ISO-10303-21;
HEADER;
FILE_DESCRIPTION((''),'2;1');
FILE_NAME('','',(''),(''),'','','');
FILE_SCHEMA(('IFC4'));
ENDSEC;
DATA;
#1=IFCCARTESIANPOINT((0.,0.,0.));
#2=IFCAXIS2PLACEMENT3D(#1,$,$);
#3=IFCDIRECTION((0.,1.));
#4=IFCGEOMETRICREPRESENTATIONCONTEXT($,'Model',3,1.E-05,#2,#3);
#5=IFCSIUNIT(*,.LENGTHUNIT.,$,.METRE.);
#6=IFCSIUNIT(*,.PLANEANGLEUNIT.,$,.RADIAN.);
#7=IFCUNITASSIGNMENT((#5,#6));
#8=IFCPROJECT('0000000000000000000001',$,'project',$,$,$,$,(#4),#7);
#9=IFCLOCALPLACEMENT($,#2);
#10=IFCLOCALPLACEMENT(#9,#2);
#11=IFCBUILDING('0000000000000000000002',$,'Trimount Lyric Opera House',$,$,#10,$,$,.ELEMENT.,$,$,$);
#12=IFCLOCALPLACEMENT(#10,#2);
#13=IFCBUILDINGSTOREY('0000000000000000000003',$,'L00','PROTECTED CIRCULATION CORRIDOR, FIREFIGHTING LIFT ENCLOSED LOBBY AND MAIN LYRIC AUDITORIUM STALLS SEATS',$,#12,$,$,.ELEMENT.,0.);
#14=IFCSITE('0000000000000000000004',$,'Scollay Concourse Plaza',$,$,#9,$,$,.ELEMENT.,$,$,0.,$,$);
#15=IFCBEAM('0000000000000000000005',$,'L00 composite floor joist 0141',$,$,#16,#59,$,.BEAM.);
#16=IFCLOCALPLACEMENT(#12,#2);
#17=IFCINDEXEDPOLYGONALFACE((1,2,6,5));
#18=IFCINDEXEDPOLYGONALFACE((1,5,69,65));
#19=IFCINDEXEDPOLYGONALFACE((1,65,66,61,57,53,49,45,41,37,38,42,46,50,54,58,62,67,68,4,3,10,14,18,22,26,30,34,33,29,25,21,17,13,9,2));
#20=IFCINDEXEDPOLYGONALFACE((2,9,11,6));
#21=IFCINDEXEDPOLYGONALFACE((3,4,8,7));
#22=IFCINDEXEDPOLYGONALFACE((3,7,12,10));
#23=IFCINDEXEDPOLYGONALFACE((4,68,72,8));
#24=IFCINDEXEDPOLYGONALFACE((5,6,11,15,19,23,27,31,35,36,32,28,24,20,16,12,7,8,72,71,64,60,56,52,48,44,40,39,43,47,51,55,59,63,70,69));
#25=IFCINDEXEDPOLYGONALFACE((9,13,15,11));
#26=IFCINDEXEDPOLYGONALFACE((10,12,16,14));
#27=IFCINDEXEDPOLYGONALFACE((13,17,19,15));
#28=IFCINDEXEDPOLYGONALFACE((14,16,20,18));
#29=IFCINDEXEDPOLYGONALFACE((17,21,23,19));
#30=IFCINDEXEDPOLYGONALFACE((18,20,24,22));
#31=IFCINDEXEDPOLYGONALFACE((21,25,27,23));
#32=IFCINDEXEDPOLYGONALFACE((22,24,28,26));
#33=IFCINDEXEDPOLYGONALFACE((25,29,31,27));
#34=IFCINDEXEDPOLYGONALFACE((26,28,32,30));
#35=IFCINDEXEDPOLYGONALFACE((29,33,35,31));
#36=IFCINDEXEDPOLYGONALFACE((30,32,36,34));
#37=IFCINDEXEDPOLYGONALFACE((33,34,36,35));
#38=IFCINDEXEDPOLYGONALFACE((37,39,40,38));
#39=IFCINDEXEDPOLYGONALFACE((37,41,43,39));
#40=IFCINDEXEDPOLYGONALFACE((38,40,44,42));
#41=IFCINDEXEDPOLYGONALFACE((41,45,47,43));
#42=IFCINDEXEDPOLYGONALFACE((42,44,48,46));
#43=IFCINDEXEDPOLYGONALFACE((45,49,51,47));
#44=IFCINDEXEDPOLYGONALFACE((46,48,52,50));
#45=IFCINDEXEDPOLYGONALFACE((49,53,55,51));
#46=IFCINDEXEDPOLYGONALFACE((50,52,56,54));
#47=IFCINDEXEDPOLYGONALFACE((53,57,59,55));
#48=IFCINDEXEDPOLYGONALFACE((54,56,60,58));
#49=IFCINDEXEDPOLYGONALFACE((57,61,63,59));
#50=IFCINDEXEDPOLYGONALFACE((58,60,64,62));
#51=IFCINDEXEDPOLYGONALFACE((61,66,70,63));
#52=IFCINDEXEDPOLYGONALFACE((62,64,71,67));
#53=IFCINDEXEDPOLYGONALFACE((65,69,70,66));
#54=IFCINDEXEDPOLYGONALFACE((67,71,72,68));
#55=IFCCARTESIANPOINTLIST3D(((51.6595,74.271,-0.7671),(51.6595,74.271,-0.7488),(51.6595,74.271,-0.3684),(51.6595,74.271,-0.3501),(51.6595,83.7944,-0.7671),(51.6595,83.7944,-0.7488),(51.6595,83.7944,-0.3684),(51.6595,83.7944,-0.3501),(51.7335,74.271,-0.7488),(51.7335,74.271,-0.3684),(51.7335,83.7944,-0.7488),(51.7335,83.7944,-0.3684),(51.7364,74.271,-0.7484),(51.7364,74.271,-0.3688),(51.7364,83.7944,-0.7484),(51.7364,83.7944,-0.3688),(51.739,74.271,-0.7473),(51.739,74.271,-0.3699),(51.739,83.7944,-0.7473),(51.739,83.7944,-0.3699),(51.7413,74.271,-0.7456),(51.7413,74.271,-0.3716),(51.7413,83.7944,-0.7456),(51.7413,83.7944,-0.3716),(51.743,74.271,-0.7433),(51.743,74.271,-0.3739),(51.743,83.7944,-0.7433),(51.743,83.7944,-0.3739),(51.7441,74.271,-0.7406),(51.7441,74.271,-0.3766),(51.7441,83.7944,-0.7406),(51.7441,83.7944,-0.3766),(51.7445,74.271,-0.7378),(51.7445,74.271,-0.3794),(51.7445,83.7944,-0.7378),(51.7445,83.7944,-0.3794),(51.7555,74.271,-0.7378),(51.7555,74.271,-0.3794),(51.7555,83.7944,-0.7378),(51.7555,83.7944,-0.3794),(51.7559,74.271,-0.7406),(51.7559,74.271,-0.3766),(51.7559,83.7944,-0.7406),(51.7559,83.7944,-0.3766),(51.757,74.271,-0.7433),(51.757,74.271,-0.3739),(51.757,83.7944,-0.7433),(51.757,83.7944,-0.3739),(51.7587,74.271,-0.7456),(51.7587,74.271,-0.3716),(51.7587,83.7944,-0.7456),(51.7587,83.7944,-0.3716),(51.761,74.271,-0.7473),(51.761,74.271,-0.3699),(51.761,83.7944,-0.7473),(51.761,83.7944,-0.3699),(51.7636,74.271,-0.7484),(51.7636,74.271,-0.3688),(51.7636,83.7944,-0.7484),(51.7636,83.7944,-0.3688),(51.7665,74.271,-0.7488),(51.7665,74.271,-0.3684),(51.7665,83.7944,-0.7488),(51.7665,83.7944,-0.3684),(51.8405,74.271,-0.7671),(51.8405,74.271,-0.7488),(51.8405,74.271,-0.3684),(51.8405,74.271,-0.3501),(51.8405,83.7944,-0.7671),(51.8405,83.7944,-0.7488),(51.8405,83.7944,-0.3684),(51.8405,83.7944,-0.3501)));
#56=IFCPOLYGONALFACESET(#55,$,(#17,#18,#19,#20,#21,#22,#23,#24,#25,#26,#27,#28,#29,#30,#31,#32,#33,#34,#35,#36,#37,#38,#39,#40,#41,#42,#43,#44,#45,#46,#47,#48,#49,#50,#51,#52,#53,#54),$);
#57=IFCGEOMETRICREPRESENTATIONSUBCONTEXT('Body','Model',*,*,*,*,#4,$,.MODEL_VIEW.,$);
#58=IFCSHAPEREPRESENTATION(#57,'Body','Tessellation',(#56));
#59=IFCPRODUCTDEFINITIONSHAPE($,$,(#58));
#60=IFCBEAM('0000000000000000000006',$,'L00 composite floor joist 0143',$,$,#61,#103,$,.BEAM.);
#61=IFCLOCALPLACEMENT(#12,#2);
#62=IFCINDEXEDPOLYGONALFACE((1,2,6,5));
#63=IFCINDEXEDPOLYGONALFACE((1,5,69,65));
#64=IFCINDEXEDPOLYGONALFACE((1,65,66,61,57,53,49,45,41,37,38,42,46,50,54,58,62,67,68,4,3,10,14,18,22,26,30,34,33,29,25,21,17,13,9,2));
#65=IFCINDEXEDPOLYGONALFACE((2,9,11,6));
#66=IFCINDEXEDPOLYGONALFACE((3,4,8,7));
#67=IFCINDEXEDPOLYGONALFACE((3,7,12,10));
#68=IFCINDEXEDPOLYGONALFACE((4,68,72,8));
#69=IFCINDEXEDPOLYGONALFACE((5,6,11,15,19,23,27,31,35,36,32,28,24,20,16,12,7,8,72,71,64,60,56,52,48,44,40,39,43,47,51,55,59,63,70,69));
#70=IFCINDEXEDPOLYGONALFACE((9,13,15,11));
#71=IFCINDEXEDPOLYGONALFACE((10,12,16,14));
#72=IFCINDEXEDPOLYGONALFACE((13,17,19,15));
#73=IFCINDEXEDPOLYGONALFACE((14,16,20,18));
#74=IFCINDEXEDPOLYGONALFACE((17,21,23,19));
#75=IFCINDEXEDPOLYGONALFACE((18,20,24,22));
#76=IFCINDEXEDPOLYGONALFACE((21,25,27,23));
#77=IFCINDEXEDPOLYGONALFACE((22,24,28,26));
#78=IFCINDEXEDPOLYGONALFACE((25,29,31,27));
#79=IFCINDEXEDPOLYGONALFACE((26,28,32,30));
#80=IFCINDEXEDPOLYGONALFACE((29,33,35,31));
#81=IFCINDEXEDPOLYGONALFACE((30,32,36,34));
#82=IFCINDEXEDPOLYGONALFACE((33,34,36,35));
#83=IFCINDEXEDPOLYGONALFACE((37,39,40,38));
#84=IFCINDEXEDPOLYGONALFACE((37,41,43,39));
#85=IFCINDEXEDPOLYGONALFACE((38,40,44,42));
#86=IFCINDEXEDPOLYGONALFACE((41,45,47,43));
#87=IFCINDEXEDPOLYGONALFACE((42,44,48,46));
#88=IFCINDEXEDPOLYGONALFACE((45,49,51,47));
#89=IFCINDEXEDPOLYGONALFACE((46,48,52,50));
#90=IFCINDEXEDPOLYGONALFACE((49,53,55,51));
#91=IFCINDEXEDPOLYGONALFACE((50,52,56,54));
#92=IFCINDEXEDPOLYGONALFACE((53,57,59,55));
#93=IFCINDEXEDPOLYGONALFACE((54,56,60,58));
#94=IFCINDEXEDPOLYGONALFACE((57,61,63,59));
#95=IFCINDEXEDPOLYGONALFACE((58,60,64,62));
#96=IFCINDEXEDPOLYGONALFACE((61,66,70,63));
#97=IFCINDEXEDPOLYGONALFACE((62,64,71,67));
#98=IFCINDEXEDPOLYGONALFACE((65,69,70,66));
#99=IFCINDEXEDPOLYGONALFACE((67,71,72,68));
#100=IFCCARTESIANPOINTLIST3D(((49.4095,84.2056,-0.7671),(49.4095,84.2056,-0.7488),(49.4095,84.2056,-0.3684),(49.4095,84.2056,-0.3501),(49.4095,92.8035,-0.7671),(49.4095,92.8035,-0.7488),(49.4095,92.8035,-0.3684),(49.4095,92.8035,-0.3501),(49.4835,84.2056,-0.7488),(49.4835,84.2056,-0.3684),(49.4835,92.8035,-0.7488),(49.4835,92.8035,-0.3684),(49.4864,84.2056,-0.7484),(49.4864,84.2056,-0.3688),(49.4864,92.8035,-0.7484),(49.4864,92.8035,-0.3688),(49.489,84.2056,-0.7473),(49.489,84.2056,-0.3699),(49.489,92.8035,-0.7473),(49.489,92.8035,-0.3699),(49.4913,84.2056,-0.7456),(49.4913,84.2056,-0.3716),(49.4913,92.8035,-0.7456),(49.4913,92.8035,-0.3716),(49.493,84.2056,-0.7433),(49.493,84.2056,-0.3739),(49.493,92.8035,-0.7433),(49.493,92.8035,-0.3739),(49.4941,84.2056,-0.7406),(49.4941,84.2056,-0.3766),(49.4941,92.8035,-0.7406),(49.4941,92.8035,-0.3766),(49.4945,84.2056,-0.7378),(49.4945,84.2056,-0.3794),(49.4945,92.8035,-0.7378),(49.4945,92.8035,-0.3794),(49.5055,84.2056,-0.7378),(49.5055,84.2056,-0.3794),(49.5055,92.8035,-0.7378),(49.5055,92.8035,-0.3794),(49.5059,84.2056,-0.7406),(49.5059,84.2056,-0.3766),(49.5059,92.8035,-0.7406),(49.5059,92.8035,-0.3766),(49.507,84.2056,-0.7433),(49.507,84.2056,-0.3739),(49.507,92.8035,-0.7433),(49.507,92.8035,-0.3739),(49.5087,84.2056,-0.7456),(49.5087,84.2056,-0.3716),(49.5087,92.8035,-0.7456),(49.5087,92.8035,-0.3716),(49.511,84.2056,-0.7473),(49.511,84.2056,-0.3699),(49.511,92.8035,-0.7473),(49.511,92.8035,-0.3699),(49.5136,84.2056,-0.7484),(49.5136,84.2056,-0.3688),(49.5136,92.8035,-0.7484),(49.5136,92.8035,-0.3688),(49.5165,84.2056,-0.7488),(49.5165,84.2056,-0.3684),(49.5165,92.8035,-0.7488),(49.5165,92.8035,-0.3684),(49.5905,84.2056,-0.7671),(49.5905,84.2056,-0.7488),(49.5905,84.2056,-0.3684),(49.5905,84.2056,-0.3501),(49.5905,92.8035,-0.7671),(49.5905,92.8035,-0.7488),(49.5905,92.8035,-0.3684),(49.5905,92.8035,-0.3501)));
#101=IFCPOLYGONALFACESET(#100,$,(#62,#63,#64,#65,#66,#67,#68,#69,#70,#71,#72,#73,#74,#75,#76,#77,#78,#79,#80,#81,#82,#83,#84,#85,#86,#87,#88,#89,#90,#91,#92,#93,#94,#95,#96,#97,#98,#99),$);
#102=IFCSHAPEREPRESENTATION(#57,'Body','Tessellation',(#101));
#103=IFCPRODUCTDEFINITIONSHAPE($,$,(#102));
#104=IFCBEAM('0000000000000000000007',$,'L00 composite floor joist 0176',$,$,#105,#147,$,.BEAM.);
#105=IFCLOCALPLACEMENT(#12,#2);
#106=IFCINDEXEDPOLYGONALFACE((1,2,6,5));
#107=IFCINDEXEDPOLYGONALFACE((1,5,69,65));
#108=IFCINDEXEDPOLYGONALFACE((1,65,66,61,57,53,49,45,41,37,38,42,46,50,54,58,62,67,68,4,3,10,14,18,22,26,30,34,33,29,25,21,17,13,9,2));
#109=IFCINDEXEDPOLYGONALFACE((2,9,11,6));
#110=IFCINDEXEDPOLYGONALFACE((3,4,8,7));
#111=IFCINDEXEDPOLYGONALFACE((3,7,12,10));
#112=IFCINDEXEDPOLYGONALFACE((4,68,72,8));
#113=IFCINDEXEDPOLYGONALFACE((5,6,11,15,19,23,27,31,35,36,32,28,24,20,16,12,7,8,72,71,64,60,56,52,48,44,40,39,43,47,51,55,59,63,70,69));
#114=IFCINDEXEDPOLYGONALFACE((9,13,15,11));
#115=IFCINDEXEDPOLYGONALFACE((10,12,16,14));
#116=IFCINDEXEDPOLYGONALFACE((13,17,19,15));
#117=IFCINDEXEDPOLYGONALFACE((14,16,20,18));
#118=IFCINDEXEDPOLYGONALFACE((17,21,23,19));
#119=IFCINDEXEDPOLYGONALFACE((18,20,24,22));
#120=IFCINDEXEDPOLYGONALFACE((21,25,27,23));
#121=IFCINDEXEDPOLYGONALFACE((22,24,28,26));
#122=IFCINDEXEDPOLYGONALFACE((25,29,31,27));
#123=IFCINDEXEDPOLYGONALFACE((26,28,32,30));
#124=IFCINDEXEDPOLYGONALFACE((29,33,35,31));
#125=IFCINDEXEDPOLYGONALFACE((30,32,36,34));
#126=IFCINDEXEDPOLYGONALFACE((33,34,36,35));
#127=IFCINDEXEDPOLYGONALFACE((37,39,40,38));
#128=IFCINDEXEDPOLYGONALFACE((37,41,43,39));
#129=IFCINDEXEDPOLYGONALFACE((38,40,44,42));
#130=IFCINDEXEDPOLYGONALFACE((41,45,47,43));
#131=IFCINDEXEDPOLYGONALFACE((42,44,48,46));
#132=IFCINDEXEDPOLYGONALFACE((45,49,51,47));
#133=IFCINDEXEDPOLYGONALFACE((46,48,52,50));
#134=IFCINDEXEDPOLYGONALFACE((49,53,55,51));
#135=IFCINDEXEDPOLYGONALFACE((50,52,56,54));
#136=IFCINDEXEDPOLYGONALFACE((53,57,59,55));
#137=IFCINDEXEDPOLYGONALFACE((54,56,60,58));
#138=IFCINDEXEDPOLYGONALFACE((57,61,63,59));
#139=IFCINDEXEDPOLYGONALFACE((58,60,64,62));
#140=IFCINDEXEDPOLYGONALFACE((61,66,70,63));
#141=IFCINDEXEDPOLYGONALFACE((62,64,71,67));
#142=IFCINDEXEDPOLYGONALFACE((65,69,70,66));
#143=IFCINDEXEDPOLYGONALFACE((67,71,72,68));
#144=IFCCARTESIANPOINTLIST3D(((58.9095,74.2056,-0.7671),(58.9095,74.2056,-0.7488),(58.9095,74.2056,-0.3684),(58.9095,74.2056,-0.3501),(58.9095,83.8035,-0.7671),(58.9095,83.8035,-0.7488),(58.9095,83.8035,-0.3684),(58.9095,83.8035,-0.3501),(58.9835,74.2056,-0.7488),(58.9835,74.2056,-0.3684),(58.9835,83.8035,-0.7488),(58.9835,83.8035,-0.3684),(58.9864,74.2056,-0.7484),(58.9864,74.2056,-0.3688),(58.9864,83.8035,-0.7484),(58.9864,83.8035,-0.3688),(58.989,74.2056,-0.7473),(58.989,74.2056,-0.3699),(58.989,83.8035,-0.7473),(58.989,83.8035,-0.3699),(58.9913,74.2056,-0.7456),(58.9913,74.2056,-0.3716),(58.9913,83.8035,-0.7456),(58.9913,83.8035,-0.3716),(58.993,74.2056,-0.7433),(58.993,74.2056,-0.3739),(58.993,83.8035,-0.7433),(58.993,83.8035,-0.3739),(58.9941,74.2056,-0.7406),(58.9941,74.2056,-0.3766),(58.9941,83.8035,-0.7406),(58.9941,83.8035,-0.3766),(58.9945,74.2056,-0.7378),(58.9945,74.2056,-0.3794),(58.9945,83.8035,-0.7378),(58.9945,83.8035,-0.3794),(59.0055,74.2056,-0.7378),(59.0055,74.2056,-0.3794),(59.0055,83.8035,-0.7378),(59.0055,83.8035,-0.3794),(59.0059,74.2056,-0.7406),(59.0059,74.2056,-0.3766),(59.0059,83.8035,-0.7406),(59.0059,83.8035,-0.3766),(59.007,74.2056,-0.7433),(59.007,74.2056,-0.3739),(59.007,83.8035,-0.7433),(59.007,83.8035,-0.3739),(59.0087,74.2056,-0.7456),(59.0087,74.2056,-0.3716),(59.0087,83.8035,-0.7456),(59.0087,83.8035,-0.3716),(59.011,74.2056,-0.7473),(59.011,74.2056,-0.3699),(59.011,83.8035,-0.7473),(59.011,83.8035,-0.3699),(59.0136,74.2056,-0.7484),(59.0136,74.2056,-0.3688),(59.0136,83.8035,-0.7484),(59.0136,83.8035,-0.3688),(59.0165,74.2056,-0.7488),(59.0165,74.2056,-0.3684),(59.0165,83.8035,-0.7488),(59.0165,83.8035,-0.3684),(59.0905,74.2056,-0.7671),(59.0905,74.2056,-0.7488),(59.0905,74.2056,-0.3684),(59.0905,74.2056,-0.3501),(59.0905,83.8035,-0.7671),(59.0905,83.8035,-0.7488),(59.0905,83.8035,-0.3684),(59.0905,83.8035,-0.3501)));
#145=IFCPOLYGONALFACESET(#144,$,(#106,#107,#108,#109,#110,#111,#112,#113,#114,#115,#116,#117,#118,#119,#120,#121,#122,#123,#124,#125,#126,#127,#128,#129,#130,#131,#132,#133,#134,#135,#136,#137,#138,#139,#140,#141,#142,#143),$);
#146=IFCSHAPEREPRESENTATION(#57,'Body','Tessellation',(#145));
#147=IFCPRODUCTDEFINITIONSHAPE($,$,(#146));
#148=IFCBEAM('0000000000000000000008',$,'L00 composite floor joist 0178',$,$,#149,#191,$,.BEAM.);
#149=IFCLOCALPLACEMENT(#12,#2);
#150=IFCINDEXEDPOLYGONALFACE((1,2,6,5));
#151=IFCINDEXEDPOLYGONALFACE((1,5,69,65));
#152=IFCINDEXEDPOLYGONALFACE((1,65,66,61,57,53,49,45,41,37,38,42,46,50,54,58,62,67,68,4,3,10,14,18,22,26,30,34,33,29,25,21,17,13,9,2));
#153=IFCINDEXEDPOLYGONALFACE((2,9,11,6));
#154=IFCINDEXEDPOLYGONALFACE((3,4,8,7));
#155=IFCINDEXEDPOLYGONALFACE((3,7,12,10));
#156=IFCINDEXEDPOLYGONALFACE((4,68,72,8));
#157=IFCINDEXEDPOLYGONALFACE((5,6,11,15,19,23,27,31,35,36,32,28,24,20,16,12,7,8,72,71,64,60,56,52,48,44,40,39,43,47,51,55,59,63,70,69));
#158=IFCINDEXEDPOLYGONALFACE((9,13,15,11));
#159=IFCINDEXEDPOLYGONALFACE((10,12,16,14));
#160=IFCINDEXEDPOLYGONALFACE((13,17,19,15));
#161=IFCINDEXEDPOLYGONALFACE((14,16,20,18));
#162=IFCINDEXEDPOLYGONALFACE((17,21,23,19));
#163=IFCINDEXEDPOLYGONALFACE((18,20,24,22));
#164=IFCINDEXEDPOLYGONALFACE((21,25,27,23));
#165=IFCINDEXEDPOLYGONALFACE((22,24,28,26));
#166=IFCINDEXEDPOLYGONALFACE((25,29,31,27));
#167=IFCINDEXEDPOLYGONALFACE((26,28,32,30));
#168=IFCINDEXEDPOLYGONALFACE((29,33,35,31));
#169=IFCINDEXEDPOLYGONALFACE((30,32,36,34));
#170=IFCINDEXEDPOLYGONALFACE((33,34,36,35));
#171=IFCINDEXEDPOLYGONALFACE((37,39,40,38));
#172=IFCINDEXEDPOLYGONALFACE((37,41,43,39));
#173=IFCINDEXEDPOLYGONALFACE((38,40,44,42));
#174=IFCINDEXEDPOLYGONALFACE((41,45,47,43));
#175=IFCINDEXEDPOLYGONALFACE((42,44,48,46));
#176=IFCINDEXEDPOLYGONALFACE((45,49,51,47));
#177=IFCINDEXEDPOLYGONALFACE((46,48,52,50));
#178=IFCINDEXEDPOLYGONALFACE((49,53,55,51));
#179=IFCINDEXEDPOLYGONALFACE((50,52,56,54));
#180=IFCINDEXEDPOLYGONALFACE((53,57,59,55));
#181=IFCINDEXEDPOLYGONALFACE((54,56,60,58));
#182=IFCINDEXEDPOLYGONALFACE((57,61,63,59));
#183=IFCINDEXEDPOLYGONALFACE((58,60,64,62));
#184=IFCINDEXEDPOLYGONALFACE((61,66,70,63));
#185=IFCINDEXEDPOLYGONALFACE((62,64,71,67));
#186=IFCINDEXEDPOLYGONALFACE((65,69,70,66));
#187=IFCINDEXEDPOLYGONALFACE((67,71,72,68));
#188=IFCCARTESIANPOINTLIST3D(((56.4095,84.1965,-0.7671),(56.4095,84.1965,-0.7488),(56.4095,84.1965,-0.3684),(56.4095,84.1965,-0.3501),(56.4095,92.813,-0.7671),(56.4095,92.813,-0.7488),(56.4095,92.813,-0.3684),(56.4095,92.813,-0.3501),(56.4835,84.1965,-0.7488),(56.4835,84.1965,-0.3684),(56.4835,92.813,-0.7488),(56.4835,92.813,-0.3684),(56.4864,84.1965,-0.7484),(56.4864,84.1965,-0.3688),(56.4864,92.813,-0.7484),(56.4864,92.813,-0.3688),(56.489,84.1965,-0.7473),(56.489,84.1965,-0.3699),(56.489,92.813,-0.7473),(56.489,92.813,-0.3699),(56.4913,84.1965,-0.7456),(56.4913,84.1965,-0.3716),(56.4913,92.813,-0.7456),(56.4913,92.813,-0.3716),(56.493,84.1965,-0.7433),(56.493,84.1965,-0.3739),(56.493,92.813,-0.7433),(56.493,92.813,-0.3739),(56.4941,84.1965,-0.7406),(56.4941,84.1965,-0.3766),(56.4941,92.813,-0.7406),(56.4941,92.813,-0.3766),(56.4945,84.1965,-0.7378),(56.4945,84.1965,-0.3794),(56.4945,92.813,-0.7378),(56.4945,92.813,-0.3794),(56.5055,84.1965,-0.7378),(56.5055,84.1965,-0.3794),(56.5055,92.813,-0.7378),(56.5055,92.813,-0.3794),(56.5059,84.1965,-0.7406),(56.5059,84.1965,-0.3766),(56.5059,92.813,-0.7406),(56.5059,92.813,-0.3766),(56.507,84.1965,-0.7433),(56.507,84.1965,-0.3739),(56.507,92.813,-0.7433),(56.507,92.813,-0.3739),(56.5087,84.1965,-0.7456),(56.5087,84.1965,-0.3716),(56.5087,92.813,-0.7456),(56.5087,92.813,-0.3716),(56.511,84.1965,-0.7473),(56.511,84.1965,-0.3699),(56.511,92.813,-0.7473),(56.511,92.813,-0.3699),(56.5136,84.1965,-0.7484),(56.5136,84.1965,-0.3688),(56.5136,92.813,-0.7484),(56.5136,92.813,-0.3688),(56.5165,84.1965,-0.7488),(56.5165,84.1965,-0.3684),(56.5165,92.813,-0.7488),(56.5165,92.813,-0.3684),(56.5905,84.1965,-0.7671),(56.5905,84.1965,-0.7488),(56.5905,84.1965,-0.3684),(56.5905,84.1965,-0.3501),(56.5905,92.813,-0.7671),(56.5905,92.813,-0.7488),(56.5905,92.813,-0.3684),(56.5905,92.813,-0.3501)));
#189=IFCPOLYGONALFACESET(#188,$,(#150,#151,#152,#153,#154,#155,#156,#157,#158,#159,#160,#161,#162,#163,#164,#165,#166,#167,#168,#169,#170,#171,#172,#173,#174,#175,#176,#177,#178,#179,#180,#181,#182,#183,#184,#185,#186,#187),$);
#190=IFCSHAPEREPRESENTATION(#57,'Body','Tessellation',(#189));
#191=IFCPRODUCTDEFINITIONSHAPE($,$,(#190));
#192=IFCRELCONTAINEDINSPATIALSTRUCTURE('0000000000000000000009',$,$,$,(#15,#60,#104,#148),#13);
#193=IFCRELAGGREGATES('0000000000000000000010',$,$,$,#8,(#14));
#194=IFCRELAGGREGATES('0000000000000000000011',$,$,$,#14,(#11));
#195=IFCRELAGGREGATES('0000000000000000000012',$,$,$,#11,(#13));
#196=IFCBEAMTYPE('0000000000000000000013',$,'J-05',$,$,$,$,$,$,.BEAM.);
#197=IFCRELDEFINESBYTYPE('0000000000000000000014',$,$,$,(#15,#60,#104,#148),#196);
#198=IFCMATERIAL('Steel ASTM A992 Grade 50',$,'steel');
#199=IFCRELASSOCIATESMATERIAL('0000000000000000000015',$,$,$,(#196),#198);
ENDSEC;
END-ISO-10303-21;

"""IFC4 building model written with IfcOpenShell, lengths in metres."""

from ifc_helpers import new_model, si_unit, direction, frame, origin, origin_2d, place, context, subcontext, project, spatial, i_section, extrude, material, material_profile, profile_set, type_object, element, save


model = new_model("IFC4")

# Units and contexts
model_context = context("Model", 3, precision=1e-05, world=origin(), true_north=direction((0.0, 1.0)))
body_context = subcontext(model_context, "Body", "Model", "MODEL_VIEW")
ifc_project = project(units=[si_unit("LENGTHUNIT", "METRE"), si_unit("PLANEANGLEUNIT", "RADIAN")], contexts=[model_context])

# Site, building, storey
site_placement = place(None, origin())
site = spatial("IfcSite", under=ifc_project, at=site_placement, Name="Scollay Concourse Plaza", CompositionType="ELEMENT", RefElevation=0.0)
building_placement = place(site_placement, origin())
building = spatial("IfcBuilding", under=site, at=building_placement, Name="Trimount Lyric Opera House", CompositionType="ELEMENT")
storey_placement = place(building_placement, origin())
storey = spatial("IfcBuildingStorey", under=building, at=storey_placement, Name="L00", Description="PROTECTED CIRCULATION CORRIDOR, FIREFIGHTING LIFT ENCLOSED LOBBY AND MAIN LYRIC AUDITORIUM STALLS SEATS", CompositionType="ELEMENT", Elevation=0.0)

# Beams
ifc_material_1 = material(Name="Steel ASTM A992 Grade 50", Category="steel")
ifc_material_profile_1 = material_profile(ifc_material_1, i_section(OverallWidth=0.1809, OverallDepth=0.417, WebThickness=0.011, FlangeThickness=0.0183, FilletRadius=0.011, at=origin_2d()), Name="W16X57")
ifc_profile_set_1 = profile_set([ifc_material_profile_1], Name="Steel ASTM A992 Grade 50")
beam_type_1 = type_object("IfcBeamType", Name="J-05", PredefinedType="BEAM", material=ifc_profile_set_1)
beam_1_placement = place(storey_placement, frame((51.75, 74.271, -0.5586), z_axis=(0.0, 1.0, 0.0), x_axis=(-1.0, 0.0, 0.0)))
element("IfcBeam", 1, at=beam_1_placement, inside=storey, type_object=beam_type_1, Name="L00 composite floor joist 0141", PredefinedType="BEAM", context=body_context, shape_type="SweptSolid", body=[
    extrude(i_section(OverallWidth=0.1809, OverallDepth=0.417, WebThickness=0.011, FlangeThickness=0.0183, FilletRadius=0.011, at=origin_2d()), origin(), (0.0, 0.0, 1.0), 9.5234),
])
beam_2_placement = place(storey_placement, frame((49.5, 84.2056, -0.5586), z_axis=(0.0, 1.0, 0.0), x_axis=(-1.0, 0.0, 0.0)))
element("IfcBeam", 2, at=beam_2_placement, inside=storey, type_object=beam_type_1, Name="L00 composite floor joist 0143", PredefinedType="BEAM", context=body_context, shape_type="SweptSolid", body=[
    extrude(i_section(OverallWidth=0.1809, OverallDepth=0.417, WebThickness=0.011, FlangeThickness=0.0183, FilletRadius=0.011, at=origin_2d()), origin(), (0.0, 0.0, 1.0), 8.5979),
])
beam_3_placement = place(storey_placement, frame((59.0, 74.2056, -0.5586), z_axis=(0.0, 1.0, 0.0), x_axis=(-1.0, 0.0, 0.0)))
element("IfcBeam", 3, at=beam_3_placement, inside=storey, type_object=beam_type_1, Name="L00 composite floor joist 0176", PredefinedType="BEAM", context=body_context, shape_type="SweptSolid", body=[
    extrude(i_section(OverallWidth=0.1809, OverallDepth=0.417, WebThickness=0.011, FlangeThickness=0.0183, FilletRadius=0.011, at=origin_2d()), origin(), (0.0, 0.0, 1.0), 9.5979),
])
beam_4_placement = place(storey_placement, frame((56.5, 84.1965, -0.5586), z_axis=(0.0, 1.0, 0.0), x_axis=(-1.0, 0.0, 0.0)))
element("IfcBeam", 4, at=beam_4_placement, inside=storey, type_object=beam_type_1, Name="L00 composite floor joist 0178", PredefinedType="BEAM", context=body_context, shape_type="SweptSolid", body=[
    extrude(i_section(OverallWidth=0.1809, OverallDepth=0.417, WebThickness=0.011, FlangeThickness=0.0183, FilletRadius=0.011, at=origin_2d()), origin(), (0.0, 0.0, 1.0), 8.6165),
])

save(model, "model.ifc")
